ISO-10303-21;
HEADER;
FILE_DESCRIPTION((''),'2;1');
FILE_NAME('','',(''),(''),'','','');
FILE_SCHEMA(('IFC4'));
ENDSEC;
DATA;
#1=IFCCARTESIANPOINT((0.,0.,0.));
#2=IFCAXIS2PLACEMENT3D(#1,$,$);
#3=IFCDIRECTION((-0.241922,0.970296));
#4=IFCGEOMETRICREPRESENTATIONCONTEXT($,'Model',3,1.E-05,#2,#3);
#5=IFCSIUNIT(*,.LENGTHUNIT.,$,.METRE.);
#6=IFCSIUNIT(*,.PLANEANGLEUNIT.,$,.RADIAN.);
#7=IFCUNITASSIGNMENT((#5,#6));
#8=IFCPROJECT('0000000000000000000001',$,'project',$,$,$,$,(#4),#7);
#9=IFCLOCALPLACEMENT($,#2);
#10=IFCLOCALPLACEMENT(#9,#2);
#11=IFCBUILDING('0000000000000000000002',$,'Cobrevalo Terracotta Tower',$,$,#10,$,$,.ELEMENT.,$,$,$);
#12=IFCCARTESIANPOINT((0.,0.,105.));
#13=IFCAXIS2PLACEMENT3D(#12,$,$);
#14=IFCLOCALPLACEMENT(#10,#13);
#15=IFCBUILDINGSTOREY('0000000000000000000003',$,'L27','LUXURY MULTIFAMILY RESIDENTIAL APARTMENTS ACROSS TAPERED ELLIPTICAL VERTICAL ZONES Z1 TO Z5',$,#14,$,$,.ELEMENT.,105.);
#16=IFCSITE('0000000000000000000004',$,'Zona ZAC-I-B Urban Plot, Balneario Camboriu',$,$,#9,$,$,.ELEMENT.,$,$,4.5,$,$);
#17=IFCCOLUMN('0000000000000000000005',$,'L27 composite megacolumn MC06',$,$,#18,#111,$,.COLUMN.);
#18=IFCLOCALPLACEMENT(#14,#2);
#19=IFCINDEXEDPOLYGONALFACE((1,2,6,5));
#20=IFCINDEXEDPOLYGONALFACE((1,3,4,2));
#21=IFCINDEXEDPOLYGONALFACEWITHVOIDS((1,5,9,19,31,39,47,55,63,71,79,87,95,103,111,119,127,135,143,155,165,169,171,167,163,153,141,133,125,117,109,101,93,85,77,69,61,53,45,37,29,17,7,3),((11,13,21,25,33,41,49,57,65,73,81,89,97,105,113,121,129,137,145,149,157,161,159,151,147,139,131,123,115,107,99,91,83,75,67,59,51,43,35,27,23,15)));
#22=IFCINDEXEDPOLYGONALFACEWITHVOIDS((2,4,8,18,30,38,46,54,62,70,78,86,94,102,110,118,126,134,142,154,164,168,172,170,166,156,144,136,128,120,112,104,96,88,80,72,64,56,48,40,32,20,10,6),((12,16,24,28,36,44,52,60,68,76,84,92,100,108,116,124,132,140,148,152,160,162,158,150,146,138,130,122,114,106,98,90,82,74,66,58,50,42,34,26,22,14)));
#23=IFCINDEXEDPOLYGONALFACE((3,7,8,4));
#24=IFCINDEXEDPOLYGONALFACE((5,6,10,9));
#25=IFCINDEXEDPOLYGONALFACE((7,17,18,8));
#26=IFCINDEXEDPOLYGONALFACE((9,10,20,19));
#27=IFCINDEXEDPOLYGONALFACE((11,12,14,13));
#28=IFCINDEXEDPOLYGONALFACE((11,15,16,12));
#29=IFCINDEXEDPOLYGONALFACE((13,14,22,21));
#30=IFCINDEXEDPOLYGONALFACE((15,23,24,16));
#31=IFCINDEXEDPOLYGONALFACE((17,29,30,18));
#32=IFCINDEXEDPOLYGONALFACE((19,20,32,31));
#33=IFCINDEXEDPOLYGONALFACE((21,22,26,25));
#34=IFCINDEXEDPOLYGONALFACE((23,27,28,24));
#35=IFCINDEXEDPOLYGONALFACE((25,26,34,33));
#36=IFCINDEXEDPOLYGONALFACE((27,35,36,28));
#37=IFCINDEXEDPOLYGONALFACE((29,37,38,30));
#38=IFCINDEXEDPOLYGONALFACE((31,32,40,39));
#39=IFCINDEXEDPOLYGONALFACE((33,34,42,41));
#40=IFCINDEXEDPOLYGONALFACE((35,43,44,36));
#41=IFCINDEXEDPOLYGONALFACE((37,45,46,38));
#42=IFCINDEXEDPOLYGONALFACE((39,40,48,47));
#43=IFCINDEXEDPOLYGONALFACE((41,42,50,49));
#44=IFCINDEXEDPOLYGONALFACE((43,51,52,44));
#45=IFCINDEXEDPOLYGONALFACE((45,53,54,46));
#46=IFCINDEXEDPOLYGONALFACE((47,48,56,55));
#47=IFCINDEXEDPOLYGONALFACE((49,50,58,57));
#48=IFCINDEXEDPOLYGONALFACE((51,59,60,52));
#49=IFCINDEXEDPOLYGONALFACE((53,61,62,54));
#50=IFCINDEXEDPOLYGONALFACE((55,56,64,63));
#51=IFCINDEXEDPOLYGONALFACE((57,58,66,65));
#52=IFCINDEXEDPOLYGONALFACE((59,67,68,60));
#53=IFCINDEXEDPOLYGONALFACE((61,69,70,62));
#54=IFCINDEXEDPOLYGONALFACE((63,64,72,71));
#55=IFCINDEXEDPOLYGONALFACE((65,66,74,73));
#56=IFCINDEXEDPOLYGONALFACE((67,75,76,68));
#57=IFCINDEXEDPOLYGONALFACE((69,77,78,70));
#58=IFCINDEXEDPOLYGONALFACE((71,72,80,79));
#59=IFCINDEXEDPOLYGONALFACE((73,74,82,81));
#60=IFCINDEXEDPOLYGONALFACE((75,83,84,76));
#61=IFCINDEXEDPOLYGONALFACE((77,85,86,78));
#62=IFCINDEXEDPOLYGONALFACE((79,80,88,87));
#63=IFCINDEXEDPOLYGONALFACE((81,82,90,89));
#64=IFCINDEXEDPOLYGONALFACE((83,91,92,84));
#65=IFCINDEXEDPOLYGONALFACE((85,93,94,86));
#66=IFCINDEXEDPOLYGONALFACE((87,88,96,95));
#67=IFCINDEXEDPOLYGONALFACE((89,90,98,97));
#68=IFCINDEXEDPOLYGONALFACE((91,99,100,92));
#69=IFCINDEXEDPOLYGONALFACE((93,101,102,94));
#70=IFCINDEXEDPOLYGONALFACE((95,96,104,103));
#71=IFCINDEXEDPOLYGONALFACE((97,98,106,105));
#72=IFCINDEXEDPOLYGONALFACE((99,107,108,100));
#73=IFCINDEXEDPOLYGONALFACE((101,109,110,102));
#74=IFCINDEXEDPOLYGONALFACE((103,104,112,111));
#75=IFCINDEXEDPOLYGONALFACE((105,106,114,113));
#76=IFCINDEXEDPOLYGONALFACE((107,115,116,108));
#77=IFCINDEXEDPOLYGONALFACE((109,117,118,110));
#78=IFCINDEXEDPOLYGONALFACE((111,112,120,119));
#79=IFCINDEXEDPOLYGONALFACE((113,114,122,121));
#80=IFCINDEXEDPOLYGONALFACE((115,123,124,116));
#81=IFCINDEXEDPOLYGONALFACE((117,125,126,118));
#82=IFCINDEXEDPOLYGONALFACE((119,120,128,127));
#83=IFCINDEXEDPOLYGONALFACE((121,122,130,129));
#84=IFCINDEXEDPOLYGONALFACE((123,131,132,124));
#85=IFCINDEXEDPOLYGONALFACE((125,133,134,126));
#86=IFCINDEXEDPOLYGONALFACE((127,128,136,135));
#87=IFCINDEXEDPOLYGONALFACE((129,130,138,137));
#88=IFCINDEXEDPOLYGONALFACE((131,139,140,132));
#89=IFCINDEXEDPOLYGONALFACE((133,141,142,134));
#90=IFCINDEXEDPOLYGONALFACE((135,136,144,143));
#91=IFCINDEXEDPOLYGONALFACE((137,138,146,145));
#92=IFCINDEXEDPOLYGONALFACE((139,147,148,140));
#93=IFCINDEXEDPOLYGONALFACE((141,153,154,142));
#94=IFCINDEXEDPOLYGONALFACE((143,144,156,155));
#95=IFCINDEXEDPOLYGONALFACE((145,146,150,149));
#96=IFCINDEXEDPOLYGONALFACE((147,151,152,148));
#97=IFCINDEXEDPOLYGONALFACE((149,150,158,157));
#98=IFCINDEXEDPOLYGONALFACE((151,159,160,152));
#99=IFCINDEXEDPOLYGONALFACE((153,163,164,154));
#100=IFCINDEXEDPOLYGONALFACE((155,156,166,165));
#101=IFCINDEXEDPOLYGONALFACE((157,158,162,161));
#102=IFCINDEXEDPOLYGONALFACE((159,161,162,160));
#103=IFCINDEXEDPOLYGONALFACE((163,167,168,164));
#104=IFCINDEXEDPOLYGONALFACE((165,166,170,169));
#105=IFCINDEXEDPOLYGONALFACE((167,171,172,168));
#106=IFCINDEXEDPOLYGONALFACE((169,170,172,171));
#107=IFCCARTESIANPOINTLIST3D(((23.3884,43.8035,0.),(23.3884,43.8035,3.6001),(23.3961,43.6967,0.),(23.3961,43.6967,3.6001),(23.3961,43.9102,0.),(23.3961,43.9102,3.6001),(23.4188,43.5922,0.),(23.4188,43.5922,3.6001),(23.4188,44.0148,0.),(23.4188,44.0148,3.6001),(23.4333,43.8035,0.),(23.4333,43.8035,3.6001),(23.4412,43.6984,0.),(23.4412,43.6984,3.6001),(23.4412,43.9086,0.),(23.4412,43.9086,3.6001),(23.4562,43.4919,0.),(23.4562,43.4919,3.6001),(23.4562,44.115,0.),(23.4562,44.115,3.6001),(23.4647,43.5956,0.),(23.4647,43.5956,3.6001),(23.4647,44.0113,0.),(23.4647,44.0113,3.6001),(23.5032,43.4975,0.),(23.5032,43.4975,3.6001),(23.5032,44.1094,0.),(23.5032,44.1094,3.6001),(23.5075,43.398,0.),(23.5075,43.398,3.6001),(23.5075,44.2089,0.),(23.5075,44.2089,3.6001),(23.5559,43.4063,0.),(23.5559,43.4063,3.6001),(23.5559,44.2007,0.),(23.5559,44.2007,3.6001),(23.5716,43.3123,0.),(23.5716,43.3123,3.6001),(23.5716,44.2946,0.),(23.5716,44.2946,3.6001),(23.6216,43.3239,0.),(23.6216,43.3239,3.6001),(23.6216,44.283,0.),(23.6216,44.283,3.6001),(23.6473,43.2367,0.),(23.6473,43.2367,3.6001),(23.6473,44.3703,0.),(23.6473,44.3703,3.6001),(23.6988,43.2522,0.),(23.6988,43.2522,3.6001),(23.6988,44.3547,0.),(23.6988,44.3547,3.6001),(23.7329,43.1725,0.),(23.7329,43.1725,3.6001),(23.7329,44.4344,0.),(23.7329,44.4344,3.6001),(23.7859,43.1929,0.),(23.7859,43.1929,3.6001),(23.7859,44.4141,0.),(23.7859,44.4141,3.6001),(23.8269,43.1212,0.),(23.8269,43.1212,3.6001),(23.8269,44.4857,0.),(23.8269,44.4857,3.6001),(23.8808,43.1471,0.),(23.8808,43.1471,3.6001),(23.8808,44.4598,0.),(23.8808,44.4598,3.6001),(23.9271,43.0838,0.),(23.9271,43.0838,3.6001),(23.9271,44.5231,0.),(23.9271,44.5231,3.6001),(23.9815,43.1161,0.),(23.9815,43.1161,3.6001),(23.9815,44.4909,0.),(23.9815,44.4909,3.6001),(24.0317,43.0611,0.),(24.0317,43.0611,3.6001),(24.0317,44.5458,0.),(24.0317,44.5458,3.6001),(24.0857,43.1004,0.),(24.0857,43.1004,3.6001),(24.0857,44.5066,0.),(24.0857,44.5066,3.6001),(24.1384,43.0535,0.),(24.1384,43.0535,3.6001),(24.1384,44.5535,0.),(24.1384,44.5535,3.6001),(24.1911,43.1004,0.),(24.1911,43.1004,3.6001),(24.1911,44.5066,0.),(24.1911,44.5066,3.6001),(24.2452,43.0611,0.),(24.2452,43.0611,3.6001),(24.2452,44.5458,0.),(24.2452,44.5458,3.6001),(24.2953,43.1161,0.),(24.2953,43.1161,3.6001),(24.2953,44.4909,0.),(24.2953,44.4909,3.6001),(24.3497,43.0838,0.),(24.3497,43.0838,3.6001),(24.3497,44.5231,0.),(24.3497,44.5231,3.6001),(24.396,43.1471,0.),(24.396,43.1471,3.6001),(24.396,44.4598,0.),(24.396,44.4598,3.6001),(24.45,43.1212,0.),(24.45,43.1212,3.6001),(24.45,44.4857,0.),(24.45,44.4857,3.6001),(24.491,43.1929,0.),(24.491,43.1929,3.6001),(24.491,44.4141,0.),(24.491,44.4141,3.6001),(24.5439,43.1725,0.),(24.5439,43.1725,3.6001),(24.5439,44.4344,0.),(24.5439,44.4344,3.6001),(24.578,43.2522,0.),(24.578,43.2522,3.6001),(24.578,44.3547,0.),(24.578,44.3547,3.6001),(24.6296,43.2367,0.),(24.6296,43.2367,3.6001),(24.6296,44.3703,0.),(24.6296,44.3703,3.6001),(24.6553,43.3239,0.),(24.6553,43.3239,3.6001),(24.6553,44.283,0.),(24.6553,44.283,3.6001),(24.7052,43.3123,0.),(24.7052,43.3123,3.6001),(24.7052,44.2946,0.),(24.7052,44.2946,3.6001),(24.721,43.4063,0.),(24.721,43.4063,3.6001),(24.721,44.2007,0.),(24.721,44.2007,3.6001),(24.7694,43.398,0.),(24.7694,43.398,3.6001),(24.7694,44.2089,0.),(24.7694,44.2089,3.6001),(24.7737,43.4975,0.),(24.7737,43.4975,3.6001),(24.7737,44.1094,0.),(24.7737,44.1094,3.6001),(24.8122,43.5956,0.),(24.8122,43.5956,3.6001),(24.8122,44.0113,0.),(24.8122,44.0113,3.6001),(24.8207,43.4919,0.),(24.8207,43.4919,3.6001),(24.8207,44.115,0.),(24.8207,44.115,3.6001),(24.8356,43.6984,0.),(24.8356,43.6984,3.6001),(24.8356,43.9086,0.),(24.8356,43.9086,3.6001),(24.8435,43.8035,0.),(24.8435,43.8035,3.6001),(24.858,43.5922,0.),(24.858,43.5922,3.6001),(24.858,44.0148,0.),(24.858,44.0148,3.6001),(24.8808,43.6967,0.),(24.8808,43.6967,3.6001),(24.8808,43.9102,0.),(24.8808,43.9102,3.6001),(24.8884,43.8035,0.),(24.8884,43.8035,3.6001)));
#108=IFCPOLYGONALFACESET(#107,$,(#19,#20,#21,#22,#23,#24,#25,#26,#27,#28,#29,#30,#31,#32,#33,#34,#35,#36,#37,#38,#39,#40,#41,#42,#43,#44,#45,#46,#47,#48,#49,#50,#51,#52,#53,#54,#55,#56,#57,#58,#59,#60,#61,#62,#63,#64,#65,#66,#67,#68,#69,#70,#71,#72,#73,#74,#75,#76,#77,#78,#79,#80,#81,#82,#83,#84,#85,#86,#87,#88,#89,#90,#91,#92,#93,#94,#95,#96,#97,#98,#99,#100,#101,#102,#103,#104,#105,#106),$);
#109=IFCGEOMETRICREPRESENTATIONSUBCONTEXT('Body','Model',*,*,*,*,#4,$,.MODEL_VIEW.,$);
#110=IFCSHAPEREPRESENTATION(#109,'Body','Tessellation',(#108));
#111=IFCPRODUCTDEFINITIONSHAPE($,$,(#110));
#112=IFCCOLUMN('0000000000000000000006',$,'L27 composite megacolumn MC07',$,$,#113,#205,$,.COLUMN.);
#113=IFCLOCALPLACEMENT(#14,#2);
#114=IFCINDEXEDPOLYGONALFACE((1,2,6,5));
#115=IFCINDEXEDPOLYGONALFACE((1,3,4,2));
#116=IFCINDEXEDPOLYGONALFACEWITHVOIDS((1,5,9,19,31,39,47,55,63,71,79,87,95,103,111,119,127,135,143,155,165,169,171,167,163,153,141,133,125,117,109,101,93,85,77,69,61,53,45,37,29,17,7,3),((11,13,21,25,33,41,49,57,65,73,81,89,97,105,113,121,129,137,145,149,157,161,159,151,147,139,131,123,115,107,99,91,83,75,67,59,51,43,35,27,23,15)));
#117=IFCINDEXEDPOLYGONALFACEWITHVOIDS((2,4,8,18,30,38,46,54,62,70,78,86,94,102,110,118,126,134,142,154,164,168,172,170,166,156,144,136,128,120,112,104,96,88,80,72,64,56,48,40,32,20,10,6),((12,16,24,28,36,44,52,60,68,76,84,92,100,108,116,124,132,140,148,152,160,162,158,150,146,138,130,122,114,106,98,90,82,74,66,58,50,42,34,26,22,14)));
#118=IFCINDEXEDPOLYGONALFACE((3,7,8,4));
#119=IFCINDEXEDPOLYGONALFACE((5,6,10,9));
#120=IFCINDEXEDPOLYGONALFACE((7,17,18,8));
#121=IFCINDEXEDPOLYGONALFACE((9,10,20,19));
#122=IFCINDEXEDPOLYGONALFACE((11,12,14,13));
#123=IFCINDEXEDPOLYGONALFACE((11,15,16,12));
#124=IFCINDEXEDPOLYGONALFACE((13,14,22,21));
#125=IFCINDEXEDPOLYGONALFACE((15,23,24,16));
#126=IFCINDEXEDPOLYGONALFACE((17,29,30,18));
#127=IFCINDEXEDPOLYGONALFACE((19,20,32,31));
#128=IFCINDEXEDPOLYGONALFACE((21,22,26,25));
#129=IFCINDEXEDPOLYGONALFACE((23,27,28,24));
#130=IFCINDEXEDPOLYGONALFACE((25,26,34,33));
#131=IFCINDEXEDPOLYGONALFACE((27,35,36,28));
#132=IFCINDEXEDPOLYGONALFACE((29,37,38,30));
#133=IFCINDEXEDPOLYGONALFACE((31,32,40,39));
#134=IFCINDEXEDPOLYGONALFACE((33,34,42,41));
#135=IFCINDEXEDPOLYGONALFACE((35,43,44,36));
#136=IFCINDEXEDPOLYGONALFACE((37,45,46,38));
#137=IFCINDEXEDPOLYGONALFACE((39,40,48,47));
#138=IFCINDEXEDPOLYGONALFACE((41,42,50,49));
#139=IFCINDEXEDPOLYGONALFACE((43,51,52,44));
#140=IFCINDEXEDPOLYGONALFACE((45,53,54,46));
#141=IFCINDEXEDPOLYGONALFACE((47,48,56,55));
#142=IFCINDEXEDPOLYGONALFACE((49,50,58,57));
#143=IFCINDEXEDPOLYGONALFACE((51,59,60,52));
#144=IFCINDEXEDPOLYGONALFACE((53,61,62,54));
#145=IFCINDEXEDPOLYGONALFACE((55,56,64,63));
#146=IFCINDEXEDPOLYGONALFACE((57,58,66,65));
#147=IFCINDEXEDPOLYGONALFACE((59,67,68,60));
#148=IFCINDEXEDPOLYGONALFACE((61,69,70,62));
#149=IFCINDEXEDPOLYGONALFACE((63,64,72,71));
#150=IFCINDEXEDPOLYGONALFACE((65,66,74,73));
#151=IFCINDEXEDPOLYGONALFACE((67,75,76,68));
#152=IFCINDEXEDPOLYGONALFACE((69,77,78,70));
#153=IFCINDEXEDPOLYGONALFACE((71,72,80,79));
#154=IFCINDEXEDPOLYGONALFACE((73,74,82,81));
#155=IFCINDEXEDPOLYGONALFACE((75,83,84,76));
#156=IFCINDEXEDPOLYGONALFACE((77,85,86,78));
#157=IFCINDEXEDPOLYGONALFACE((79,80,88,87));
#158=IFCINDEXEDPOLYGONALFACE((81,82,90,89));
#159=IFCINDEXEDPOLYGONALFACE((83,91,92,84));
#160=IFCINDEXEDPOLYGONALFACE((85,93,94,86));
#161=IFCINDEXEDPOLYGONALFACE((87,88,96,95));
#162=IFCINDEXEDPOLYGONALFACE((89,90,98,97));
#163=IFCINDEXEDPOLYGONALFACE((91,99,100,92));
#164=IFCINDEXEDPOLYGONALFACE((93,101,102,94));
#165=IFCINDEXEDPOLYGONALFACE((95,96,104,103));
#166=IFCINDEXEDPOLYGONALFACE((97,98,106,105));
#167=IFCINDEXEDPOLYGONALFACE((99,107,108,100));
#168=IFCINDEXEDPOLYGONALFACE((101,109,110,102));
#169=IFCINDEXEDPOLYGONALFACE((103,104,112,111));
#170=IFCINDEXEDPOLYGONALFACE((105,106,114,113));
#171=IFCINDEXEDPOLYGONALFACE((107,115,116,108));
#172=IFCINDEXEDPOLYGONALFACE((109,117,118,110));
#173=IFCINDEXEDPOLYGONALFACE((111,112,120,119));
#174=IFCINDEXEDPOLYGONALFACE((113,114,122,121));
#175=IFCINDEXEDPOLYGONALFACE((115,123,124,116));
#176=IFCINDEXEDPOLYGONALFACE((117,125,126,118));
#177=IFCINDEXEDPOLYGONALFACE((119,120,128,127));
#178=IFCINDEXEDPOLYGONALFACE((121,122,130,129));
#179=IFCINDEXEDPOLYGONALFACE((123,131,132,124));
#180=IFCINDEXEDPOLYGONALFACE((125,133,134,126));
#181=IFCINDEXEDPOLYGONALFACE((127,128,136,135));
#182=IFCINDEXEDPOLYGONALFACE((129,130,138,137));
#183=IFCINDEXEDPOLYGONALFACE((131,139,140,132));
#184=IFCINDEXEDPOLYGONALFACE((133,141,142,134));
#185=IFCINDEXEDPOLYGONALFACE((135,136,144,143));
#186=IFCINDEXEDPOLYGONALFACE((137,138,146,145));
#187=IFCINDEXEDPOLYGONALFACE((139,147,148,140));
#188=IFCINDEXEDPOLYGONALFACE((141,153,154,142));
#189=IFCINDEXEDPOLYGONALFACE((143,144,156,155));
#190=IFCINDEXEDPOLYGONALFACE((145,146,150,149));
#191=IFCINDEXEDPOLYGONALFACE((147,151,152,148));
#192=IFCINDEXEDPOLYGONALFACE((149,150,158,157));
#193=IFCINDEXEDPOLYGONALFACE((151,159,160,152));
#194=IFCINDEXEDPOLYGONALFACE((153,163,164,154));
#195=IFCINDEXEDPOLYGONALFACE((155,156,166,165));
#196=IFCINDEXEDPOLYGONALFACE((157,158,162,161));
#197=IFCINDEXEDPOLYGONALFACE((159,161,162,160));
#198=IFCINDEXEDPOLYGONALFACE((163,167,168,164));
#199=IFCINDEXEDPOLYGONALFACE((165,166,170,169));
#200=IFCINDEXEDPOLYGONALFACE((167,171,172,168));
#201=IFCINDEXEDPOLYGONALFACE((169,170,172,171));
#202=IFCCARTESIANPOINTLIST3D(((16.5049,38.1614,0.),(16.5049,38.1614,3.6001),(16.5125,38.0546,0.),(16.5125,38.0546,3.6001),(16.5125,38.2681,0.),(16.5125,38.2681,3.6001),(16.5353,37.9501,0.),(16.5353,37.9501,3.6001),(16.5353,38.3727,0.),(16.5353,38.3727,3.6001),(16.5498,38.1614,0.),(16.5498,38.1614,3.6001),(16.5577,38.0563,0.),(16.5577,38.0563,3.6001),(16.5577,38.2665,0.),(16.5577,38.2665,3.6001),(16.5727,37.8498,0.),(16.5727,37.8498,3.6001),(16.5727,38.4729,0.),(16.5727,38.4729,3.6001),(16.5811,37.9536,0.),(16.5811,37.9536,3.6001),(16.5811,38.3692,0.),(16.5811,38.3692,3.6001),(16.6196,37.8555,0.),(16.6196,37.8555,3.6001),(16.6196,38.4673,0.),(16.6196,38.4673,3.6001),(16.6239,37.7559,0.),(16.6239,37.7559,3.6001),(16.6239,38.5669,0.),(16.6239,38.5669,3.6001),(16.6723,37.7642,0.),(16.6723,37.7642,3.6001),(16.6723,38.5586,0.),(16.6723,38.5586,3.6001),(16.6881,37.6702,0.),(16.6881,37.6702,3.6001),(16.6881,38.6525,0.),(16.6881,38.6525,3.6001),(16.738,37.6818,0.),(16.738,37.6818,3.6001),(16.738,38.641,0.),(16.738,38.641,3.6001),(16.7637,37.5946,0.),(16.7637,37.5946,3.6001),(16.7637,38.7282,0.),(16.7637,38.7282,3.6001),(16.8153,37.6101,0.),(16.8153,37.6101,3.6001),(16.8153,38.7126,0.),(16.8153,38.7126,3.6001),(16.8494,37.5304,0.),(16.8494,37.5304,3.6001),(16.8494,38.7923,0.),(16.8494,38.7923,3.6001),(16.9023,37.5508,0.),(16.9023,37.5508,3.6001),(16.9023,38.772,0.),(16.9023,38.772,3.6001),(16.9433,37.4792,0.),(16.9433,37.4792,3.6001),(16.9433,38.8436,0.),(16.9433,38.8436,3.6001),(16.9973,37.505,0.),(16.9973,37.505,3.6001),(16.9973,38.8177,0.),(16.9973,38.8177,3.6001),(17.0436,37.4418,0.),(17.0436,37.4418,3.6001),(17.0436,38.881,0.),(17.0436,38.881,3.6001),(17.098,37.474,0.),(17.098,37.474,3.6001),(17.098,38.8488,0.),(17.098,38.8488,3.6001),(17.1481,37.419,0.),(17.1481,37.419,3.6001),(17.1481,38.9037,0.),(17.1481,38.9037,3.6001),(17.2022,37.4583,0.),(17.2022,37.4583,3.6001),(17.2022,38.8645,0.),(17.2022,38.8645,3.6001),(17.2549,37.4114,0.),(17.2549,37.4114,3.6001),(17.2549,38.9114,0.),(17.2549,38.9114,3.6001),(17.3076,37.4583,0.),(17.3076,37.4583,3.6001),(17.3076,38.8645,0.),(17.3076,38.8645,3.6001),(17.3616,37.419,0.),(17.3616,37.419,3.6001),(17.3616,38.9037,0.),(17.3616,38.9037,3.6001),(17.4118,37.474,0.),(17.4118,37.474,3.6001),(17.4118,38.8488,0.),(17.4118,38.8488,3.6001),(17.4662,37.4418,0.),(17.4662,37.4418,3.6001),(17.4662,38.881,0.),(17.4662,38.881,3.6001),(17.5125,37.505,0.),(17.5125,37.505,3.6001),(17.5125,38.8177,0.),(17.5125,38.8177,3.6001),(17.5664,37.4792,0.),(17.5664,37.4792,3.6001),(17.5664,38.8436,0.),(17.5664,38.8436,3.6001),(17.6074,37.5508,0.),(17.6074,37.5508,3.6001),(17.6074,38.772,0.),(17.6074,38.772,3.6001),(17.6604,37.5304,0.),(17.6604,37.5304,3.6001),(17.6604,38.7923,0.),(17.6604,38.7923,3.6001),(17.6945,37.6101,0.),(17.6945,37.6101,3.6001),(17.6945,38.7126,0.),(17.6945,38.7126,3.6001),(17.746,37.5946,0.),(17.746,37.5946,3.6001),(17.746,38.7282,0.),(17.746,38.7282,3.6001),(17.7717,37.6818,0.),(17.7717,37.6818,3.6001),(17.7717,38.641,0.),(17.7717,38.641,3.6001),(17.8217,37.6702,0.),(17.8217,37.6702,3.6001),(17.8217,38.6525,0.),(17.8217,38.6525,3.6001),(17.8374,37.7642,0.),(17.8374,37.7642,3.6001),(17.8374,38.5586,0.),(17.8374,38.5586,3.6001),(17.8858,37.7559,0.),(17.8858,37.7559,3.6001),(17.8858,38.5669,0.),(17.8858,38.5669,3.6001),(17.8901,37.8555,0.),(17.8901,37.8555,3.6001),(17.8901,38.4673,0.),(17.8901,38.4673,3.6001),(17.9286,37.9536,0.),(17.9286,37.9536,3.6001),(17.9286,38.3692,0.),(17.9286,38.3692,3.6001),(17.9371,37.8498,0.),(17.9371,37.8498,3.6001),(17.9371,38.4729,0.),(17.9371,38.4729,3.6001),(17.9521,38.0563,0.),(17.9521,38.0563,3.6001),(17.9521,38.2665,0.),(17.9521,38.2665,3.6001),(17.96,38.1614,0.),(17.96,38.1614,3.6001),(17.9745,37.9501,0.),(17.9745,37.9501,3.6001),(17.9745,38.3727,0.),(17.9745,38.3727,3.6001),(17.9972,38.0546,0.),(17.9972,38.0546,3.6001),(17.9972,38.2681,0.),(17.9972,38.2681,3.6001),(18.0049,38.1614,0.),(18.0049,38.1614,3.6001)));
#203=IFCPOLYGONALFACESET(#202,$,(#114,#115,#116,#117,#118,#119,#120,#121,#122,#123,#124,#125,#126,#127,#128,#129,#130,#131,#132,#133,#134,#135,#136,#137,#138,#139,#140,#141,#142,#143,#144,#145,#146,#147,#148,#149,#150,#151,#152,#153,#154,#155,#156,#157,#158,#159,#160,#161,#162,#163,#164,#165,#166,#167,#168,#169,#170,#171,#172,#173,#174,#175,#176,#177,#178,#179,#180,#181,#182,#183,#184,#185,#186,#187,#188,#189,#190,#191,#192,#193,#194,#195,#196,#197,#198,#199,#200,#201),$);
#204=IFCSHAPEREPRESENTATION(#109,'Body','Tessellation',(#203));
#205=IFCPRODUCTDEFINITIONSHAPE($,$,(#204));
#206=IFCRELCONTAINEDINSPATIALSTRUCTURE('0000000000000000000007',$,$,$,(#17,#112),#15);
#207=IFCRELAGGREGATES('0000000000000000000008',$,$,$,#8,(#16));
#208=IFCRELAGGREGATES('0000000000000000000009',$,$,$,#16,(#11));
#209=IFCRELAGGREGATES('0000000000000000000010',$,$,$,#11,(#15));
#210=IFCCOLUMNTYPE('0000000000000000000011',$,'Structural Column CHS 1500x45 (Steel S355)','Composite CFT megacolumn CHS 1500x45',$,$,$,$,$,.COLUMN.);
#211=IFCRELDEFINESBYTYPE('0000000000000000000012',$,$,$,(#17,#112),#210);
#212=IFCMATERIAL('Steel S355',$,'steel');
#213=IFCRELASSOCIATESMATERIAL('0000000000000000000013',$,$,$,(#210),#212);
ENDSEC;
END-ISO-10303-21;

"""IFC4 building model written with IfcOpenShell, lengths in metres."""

from ifc_helpers import new_model, si_unit, direction, frame, origin, origin_2d, place, context, subcontext, project, spatial, hollow_circle, extrude, material, material_profile, profile_set, type_object, element, save


model = new_model("IFC4")

# Units and contexts
model_context = context("Model", 3, precision=1e-05, world=origin(), true_north=direction((-0.241922, 0.970296)))
body_context = subcontext(model_context, "Body", "Model", "MODEL_VIEW")
ifc_project = project(units=[si_unit("LENGTHUNIT", "METRE"), si_unit("PLANEANGLEUNIT", "RADIAN")], contexts=[model_context])

# Site, building, storey
site_placement = place(None, origin())
site = spatial("IfcSite", under=ifc_project, at=site_placement, Name="Zona ZAC-I-B Urban Plot, Balneario Camboriu", CompositionType="ELEMENT", RefElevation=4.5)
building_placement = place(site_placement, origin())
building = spatial("IfcBuilding", under=site, at=building_placement, Name="Cobrevalo Terracotta Tower", CompositionType="ELEMENT")
storey_placement = place(building_placement, frame((0.0, 0.0, 105.0)))
storey = spatial("IfcBuildingStorey", under=building, at=storey_placement, Name="L27", Description="LUXURY MULTIFAMILY RESIDENTIAL APARTMENTS ACROSS TAPERED ELLIPTICAL VERTICAL ZONES Z1 TO Z5", CompositionType="ELEMENT", Elevation=105.0)

# Columns
ifc_material_1 = material(Name="Steel S355", Category="steel")
ifc_material_profile_1 = material_profile(ifc_material_1, hollow_circle(Radius=0.75, WallThickness=0.0449, at=origin_2d()), Name="CHS 1500x45")
ifc_profile_set_1 = profile_set([ifc_material_profile_1], Name="Steel S355")
column_type = type_object("IfcColumnType", Name="Structural Column CHS 1500x45 (Steel S355)", Description="Composite CFT megacolumn CHS 1500x45", PredefinedType="COLUMN", material=ifc_profile_set_1)
for number, where, z_axis, x_axis, name in (
    (1, (24.1384, 43.8035, 0.0), (0.0, 0.0, 1.0), (1.0, 0.0, 0.0), "L27 composite megacolumn MC06"),
    (2, (17.2549, 38.1614, 0.0), (0.0, 0.0, 1.0), (1.0, 0.0, 0.0), "L27 composite megacolumn MC07"),
):
    element("IfcColumn", number, at=place(storey_placement, frame(where, z_axis=z_axis, x_axis=x_axis)), inside=storey, type_object=column_type, Name=name, PredefinedType="COLUMN", context=body_context, shape_type="SweptSolid", body=[
        extrude(hollow_circle(Radius=0.75, WallThickness=0.0449, at=origin_2d()), origin(), (0.0, 0.0, 1.0), 3.6001),
    ])

save(model, "model.ifc")
